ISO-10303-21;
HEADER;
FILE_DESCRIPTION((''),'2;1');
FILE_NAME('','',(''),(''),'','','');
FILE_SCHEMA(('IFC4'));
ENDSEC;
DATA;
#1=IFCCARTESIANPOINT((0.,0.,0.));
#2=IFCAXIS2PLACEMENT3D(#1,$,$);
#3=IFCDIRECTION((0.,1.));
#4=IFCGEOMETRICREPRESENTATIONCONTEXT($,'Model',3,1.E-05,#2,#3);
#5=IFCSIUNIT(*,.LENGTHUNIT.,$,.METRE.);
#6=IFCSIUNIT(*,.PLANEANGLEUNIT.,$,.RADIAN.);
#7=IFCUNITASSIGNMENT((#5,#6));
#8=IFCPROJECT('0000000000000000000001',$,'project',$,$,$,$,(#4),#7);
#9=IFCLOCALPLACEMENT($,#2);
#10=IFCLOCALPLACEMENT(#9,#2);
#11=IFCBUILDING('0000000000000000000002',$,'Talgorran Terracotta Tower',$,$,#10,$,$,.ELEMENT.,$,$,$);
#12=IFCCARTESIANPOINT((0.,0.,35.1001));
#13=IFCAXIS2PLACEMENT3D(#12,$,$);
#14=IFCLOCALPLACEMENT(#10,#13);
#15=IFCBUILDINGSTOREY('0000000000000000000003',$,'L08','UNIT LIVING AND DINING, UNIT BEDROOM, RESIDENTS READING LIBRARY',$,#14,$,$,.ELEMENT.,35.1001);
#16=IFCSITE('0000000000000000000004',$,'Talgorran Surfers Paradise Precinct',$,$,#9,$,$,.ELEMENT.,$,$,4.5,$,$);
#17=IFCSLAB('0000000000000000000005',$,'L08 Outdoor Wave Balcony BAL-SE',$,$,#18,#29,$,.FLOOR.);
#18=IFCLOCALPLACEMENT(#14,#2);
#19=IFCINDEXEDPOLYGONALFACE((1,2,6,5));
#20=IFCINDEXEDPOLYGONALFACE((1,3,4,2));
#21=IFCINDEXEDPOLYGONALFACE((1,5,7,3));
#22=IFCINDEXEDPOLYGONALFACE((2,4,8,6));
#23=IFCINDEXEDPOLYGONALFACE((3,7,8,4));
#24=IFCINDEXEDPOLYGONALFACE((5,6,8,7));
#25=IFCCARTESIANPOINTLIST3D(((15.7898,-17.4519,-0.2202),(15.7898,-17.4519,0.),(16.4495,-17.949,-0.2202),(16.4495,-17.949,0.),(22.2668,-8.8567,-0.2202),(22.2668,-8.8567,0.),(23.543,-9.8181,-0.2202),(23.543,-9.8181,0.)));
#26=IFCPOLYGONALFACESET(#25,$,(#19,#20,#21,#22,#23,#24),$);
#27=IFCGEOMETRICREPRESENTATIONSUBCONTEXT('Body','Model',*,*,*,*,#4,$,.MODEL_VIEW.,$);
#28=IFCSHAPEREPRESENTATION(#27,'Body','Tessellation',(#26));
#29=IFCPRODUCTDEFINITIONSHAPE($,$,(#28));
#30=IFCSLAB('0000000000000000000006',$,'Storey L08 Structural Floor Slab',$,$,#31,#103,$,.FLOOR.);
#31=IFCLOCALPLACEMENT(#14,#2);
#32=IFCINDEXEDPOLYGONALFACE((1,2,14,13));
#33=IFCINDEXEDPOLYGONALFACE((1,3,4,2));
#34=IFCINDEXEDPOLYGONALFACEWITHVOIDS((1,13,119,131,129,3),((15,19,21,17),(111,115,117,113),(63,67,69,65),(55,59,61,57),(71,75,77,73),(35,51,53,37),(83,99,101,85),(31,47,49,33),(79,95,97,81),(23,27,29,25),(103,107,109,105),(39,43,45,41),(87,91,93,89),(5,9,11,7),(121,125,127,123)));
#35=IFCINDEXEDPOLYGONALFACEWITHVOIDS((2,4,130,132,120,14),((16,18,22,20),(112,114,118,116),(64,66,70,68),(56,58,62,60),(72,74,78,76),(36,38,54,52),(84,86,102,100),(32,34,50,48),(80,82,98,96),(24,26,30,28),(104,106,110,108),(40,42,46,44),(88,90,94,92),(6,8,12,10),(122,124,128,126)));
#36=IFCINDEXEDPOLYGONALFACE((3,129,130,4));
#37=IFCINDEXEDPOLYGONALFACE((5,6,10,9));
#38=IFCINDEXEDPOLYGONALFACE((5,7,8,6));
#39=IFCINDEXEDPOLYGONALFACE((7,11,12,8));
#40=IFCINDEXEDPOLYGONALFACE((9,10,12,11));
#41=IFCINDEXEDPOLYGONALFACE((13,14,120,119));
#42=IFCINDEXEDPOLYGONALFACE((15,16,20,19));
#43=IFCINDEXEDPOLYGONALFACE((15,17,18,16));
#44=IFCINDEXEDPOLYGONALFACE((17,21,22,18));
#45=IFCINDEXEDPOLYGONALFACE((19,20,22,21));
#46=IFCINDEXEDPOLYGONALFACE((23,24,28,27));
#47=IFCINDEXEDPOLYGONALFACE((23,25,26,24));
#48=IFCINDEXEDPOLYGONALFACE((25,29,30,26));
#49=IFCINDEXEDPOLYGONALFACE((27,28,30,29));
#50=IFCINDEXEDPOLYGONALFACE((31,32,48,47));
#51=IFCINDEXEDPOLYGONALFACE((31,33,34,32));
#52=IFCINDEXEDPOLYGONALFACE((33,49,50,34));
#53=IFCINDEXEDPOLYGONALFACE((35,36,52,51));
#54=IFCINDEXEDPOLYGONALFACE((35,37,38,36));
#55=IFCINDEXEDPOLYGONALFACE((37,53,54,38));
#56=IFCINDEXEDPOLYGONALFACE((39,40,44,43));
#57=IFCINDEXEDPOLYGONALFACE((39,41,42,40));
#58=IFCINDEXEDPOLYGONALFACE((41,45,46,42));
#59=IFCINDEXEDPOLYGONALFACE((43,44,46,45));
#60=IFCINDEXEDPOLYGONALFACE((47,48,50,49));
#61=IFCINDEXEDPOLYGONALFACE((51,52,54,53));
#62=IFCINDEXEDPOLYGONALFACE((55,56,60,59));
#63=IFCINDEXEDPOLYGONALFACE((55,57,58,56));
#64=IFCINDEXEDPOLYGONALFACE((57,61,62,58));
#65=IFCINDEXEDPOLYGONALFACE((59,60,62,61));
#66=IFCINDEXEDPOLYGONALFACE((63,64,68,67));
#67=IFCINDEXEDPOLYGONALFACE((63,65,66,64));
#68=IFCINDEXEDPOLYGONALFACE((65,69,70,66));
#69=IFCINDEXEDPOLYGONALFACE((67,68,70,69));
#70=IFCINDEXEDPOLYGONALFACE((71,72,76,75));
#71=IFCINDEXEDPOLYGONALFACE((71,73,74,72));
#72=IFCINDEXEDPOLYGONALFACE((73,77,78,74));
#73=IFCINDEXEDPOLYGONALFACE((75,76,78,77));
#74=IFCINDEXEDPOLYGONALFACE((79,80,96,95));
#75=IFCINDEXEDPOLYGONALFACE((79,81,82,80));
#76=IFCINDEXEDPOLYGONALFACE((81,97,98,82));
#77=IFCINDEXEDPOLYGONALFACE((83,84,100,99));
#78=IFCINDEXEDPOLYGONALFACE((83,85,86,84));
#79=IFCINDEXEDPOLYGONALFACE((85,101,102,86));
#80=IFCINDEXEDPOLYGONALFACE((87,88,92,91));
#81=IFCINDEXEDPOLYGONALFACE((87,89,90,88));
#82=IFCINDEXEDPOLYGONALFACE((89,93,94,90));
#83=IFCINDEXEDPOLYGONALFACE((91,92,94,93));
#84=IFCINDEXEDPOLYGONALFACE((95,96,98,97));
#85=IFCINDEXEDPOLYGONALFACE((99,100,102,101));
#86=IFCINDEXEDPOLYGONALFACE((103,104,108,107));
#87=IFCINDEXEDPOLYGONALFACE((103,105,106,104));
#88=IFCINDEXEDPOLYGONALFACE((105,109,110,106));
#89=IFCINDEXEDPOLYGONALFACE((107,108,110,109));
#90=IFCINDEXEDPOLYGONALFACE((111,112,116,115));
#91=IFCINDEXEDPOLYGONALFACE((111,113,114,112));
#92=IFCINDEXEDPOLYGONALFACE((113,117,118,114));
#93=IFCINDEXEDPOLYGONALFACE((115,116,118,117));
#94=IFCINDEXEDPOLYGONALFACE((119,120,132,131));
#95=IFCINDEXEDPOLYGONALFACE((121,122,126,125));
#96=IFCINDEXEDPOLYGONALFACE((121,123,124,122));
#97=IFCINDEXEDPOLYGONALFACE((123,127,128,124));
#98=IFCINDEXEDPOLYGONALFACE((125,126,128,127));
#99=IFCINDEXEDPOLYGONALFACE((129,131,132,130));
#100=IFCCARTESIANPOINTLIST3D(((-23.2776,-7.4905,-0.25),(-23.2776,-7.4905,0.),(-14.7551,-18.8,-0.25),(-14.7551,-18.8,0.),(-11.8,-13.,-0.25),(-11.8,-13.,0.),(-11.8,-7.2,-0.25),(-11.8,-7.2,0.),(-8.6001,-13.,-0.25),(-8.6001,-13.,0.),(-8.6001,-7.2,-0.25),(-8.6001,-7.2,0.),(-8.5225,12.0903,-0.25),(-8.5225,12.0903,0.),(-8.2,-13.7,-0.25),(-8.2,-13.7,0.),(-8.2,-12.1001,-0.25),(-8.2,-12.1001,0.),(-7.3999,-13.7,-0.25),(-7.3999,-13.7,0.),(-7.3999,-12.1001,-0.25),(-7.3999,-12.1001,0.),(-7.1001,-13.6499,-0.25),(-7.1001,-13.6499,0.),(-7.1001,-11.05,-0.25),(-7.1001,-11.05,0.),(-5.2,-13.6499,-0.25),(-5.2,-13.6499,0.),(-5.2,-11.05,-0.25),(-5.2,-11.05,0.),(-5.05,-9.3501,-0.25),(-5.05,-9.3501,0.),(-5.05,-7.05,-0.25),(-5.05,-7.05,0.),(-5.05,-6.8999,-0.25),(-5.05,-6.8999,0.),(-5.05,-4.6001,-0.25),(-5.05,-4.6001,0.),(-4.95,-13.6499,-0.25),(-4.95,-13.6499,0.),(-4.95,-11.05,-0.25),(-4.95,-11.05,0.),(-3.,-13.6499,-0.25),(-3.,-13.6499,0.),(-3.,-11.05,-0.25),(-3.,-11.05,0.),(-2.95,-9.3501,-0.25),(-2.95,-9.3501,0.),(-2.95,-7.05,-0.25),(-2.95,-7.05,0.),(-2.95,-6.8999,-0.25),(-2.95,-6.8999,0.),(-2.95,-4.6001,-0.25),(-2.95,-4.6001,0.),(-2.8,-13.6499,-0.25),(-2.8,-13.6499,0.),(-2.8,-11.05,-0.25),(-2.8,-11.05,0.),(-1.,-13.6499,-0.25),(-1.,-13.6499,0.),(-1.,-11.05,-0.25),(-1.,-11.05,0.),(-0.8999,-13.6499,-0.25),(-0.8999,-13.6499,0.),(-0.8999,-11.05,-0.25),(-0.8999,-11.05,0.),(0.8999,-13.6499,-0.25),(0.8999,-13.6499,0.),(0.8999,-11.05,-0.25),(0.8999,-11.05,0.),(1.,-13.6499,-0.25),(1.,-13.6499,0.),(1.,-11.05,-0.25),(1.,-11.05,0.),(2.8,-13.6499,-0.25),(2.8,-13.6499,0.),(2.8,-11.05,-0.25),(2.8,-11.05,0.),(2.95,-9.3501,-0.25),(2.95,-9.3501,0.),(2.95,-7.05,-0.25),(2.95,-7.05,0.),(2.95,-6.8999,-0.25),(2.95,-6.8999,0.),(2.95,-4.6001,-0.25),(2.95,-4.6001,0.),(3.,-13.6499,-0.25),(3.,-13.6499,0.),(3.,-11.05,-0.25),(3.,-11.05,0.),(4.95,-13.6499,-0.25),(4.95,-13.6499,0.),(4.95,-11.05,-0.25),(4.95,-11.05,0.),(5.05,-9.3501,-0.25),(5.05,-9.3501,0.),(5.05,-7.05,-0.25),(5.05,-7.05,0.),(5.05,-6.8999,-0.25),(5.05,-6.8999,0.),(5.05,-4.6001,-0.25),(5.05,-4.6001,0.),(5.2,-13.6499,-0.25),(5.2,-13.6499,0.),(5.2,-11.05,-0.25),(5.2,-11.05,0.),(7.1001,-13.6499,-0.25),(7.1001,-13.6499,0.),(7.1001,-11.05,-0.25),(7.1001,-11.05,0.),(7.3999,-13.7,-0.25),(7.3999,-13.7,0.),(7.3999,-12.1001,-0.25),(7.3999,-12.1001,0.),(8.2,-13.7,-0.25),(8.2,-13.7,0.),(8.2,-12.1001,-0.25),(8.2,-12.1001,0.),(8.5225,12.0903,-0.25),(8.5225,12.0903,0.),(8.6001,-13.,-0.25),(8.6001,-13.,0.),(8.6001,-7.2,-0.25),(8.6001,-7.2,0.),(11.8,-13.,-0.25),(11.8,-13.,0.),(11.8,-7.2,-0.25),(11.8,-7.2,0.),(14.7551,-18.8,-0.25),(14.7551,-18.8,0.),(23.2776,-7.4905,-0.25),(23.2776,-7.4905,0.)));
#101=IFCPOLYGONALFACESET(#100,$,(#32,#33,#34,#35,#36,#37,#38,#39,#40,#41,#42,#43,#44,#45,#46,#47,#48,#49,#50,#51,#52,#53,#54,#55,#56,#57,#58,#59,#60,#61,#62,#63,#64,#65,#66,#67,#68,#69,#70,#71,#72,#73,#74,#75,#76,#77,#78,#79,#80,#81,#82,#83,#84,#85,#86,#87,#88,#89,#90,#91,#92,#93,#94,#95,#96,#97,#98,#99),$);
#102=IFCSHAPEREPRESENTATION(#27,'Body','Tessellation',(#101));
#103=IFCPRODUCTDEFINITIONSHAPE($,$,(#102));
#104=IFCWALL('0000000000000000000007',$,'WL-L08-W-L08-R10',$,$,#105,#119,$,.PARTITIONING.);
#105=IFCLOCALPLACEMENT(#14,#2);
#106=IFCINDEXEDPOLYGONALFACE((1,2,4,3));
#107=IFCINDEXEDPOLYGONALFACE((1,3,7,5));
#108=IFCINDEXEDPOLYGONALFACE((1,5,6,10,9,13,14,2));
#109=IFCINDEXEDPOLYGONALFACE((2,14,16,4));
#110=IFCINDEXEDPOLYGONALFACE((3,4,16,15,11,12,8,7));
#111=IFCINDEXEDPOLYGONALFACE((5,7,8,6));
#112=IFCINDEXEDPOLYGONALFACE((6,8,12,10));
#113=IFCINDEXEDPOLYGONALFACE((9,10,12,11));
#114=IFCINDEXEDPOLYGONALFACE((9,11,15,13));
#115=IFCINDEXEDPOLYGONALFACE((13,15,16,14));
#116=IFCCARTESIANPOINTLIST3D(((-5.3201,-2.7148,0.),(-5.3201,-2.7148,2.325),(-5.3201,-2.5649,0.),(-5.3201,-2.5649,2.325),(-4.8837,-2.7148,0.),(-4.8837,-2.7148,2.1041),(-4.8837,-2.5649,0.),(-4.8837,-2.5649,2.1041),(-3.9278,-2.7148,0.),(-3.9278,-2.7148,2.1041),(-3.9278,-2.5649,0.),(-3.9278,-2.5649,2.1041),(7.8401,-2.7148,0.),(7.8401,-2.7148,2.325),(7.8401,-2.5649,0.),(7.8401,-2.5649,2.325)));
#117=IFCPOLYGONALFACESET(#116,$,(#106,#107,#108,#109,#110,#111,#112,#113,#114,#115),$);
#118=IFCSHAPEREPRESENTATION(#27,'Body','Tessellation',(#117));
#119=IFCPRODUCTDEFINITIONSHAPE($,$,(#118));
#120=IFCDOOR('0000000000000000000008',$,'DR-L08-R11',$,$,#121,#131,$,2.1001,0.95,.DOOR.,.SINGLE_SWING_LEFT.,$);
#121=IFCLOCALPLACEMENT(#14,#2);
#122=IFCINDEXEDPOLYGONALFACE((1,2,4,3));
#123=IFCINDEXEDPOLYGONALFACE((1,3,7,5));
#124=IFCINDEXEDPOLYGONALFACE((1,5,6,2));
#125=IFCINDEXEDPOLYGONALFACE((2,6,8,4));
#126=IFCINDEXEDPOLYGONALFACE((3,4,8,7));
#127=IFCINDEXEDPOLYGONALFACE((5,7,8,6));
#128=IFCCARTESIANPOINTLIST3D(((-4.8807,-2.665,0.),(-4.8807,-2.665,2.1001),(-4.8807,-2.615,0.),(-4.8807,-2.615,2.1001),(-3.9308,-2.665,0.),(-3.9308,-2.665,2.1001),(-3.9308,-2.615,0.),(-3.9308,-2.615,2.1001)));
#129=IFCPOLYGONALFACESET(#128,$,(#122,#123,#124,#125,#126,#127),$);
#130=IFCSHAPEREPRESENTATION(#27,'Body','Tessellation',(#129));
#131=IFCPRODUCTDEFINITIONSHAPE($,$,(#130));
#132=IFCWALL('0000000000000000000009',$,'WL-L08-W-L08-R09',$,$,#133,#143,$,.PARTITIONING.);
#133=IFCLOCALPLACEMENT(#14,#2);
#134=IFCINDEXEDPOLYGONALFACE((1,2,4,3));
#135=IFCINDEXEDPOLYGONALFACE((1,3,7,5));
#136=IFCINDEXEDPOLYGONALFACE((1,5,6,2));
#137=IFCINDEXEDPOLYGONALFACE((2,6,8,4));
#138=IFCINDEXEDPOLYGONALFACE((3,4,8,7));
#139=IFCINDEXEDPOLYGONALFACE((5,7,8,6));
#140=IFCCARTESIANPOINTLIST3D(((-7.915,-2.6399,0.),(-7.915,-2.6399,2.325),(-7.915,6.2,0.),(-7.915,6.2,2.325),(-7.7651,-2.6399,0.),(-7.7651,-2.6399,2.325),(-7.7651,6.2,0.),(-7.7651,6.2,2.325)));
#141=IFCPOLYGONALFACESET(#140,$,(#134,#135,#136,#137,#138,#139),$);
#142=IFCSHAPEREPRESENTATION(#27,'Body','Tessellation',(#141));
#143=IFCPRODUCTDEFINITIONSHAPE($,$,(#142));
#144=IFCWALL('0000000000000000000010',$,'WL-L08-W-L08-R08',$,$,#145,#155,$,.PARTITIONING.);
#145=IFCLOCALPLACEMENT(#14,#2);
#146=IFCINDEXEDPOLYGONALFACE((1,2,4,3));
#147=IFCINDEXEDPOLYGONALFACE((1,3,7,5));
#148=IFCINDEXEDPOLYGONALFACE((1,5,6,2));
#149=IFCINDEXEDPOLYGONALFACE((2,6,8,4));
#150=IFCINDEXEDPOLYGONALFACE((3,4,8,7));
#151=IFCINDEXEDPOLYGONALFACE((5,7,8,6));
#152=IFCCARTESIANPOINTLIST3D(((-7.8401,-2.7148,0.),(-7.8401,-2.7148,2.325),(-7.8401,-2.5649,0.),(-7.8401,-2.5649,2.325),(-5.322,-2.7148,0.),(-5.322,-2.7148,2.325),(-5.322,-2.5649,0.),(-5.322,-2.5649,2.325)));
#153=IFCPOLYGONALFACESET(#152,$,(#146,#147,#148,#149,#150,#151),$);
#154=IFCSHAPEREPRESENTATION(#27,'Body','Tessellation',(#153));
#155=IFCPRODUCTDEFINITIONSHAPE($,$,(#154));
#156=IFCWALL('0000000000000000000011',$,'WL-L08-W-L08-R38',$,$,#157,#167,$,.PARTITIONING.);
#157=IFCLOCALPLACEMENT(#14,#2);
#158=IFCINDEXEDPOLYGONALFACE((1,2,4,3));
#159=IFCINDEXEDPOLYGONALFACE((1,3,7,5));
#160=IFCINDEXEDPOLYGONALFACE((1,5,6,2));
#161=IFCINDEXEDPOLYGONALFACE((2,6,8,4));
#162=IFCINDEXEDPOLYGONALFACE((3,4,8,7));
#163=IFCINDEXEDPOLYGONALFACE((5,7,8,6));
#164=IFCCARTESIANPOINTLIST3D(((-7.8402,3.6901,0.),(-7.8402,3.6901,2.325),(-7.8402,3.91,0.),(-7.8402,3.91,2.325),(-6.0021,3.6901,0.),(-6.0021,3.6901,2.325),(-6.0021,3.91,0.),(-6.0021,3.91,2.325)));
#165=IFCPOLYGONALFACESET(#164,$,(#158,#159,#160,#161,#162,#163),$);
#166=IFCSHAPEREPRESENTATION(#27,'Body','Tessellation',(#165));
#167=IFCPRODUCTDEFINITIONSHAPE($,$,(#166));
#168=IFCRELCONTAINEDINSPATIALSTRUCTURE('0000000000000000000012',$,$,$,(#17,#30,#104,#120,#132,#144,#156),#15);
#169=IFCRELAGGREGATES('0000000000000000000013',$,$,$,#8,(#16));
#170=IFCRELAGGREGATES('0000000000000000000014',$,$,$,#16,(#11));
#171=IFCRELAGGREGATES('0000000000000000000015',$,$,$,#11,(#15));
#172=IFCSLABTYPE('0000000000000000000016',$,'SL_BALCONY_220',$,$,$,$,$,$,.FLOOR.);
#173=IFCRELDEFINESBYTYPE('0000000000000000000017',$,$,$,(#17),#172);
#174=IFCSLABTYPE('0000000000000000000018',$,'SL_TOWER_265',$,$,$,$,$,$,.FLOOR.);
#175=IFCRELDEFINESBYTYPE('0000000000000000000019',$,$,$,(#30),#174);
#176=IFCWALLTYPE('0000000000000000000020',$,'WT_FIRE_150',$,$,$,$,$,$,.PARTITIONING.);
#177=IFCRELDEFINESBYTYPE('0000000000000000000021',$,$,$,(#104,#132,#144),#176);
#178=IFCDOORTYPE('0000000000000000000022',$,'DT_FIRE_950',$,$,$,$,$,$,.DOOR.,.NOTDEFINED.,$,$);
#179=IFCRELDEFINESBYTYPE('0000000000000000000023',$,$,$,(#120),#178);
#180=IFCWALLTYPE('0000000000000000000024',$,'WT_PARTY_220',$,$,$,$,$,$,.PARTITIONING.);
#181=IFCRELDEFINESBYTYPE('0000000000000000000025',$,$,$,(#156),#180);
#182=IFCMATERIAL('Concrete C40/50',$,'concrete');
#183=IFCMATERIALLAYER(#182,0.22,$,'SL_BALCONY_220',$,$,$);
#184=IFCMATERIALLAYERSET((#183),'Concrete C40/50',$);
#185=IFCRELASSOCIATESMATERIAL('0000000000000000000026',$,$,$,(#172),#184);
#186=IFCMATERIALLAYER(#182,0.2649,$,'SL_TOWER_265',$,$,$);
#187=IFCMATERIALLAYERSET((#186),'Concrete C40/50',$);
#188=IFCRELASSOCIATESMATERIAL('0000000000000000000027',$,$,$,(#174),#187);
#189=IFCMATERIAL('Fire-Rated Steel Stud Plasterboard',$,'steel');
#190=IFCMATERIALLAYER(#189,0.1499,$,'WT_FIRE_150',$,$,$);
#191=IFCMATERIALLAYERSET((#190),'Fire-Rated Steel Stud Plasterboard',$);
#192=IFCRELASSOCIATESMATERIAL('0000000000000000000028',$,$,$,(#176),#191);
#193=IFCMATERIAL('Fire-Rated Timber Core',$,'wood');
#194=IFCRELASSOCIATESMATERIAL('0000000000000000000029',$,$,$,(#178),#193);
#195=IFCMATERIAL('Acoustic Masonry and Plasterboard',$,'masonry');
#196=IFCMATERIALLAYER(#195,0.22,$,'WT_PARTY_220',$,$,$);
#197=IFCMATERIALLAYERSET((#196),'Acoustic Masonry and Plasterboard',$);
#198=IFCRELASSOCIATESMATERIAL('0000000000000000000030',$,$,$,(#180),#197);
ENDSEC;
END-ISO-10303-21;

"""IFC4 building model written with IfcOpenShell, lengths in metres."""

from ifc_helpers import new_model, si_unit, direction, frame, frame_2d, origin, place, context, subcontext, project, spatial, polyline, rectangle, outline, extrude, material, layer, layer_set, type_object, element, fill, save


model = new_model("IFC4")

# Units and contexts
model_context = context("Model", 3, precision=1e-05, world=origin(), true_north=direction((0.0, 1.0)))
body_context = subcontext(model_context, "Body", "Model", "MODEL_VIEW")
ifc_project = project(units=[si_unit("LENGTHUNIT", "METRE"), si_unit("PLANEANGLEUNIT", "RADIAN")], contexts=[model_context])

# Site, building, storey
site_placement = place(None, origin())
site = spatial("IfcSite", under=ifc_project, at=site_placement, Name="Talgorran Surfers Paradise Precinct", CompositionType="ELEMENT", RefElevation=4.5)
building_placement = place(site_placement, origin())
building = spatial("IfcBuilding", under=site, at=building_placement, Name="Talgorran Terracotta Tower", CompositionType="ELEMENT")
storey_placement = place(building_placement, frame((0.0, 0.0, 35.1001)))
storey = spatial("IfcBuildingStorey", under=building, at=storey_placement, Name="L08", Description="UNIT LIVING AND DINING, UNIT BEDROOM, RESIDENTS READING LIBRARY", CompositionType="ELEMENT", Elevation=35.1001)

# Slabs
ifc_material_1 = material(Name="Concrete C40/50", Category="concrete")
ifc_layer_1 = layer(ifc_material_1, 0.22, Name="SL_BALCONY_220")
ifc_layer_set_1 = layer_set([ifc_layer_1], Name="Concrete C40/50")
slab_type_1 = type_object("IfcSlabType", Name="SL_BALCONY_220", PredefinedType="FLOOR", material=ifc_layer_set_1)
slab_1_placement = place(storey_placement, frame((0.0, 0.0, -0.2202)))
element("IfcSlab", 1, at=slab_1_placement, inside=storey, type_object=slab_type_1, Name="L08 Outdoor Wave Balcony BAL-SE", PredefinedType="FLOOR", context=body_context, shape_type="SweptSolid", body=[
    extrude(outline(polyline([(22.2668, -8.8567), (15.7898, -17.4519), (16.4495, -17.949), (23.543, -9.8181), (22.2668, -8.8567)])), origin(), (0.0, 0.0, 1.0), 0.2202),
])
ifc_layer_2 = layer(ifc_material_1, 0.2649, Name="SL_TOWER_265")
ifc_layer_set_2 = layer_set([ifc_layer_2], Name="Concrete C40/50")
slab_type_2 = type_object("IfcSlabType", Name="SL_TOWER_265", PredefinedType="FLOOR", material=ifc_layer_set_2)
slab_2_placement = place(storey_placement, frame((0.0, 0.0, -0.25)))
element("IfcSlab", 2, at=slab_2_placement, inside=storey, type_object=slab_type_2, Name="Storey L08 Structural Floor Slab", PredefinedType="FLOOR", context=body_context, shape_type="SweptSolid", body=[
    extrude(outline(polyline([(-23.2776, -7.4905), (-14.7551, -18.8), (14.7551, -18.8), (23.2776, -7.4905), (8.5225, 12.0903), (-8.5225, 12.0903), (-23.2776, -7.4905)]), holes=[polyline([(-11.8, -7.2), (-11.8, -13.0), (-8.6001, -13.0), (-8.6001, -7.2), (-11.8, -7.2)]), polyline([(8.6001, -7.2), (8.6001, -13.0), (11.8, -13.0), (11.8, -7.2), (8.6001, -7.2)]), polyline([(-7.1001, -13.6499), (-5.2, -13.6499), (-5.2, -11.05), (-7.1001, -11.05), (-7.1001, -13.6499)]), polyline([(5.2, -13.6499), (7.1001, -13.6499), (7.1001, -11.05), (5.2, -11.05), (5.2, -13.6499)]), polyline([(3.0, -13.6499), (4.95, -13.6499), (4.95, -11.05), (3.0, -11.05), (3.0, -13.6499)]), polyline([(-4.95, -13.6499), (-3.0, -13.6499), (-3.0, -11.05), (-4.95, -11.05), (-4.95, -13.6499)]), polyline([(-5.05, -9.3501), (-2.95, -9.3501), (-2.95, -7.05), (-5.05, -7.05), (-5.05, -9.3501)]), polyline([(-5.05, -6.8999), (-2.95, -6.8999), (-2.95, -4.6001), (-5.05, -4.6001), (-5.05, -6.8999)]), polyline([(2.95, -9.3501), (5.05, -9.3501), (5.05, -7.05), (2.95, -7.05), (2.95, -9.3501)]), polyline([(2.95, -6.8999), (5.05, -6.8999), (5.05, -4.6001), (2.95, -4.6001), (2.95, -6.8999)]), polyline([(-2.8, -13.6499), (-1.0, -13.6499), (-1.0, -11.05), (-2.8, -11.05), (-2.8, -13.6499)]), polyline([(-0.8999, -13.6499), (0.8999, -13.6499), (0.8999, -11.05), (-0.8999, -11.05), (-0.8999, -13.6499)]), polyline([(1.0, -13.6499), (2.8, -13.6499), (2.8, -11.05), (1.0, -11.05), (1.0, -13.6499)]), polyline([(-8.2, -13.7), (-7.3999, -13.7), (-7.3999, -12.1001), (-8.2, -12.1001), (-8.2, -13.7)]), polyline([(7.3999, -13.7), (8.2, -13.7), (8.2, -12.1001), (7.3999, -12.1001), (7.3999, -13.7)])]), origin(), (0.0, 0.0, 1.0), 0.25),
])

# Wall, opening, door
ifc_material_2 = material(Name="Fire-Rated Steel Stud Plasterboard", Category="steel")
ifc_layer_3 = layer(ifc_material_2, 0.1499, Name="WT_FIRE_150")
ifc_layer_set_3 = layer_set([ifc_layer_3], Name="Fire-Rated Steel Stud Plasterboard")
wall_type_1 = type_object("IfcWallType", Name="WT_FIRE_150", PredefinedType="PARTITIONING", material=ifc_layer_set_3)
wall_1_placement = place(storey_placement, frame((-5.3201, -2.6399, 0.0), z_axis=(0.0, 0.0, 1.0), x_axis=(1.0, 0.0, 0.0)))
wall_1 = element("IfcWall", 3, at=wall_1_placement, inside=storey, type_object=wall_type_1, Name="WL-L08-W-L08-R10", PredefinedType="PARTITIONING", context=body_context, shape_type="SweptSolid", body=[
    extrude(rectangle(XDim=13.1602, YDim=0.1499, at=frame_2d((6.5801, 0.0))), origin(), (0.0, 0.0, 1.0), 2.325),
])
opening_1_placement = place(wall_1_placement, frame((0.4392, 0.0, 0.0)))
opening_1 = element("IfcOpeningElement", 4, at=opening_1_placement, cuts=wall_1, PredefinedType="OPENING", context=body_context, shape_type="SweptSolid", body=[
    extrude(rectangle(XDim=0.956, YDim=2.1041, at=frame_2d((0.4751, 1.052))), frame((0.0, 0.085, 0.0), z_axis=(0.0, -1.0, 0.0), x_axis=(1.0, 0.0, 0.0)), (0.0, 0.0, 1.0), 0.1699),
])
ifc_material_3 = material(Name="Fire-Rated Timber Core", Category="wood")
door_type_1 = type_object("IfcDoorType", Name="DT_FIRE_950", OperationType="NOTDEFINED", PredefinedType="DOOR", material=ifc_material_3)
door_1_placement = place(opening_1_placement, origin())
door_1 = element("IfcDoor", 5, at=door_1_placement, inside=storey, type_object=door_type_1, Name="DR-L08-R11", OperationType="SINGLE_SWING_LEFT", OverallHeight=2.1001, OverallWidth=0.95, PredefinedType="DOOR", context=body_context, shape_type="SweptSolid", body=[
    extrude(rectangle(XDim=0.95, YDim=2.1001, at=frame_2d((0.4751, 1.05))), frame((0.0, 0.0249, 0.0), z_axis=(0.0, -1.0, 0.0), x_axis=(1.0, 0.0, 0.0)), (0.0, 0.0, 1.0), 0.05),
])
fill(opening_1, door_1)

# Walls
wall_2_placement = place(storey_placement, frame((-7.8401, -2.6399, 0.0), z_axis=(0.0, 0.0, 1.0), x_axis=(0.0, 1.0, 0.0)))
element("IfcWall", 6, at=wall_2_placement, inside=storey, type_object=wall_type_1, Name="WL-L08-W-L08-R09", PredefinedType="PARTITIONING", context=body_context, shape_type="SweptSolid", body=[
    extrude(rectangle(XDim=8.8398, YDim=0.1499, at=frame_2d((4.4199, 0.0))), origin(), (0.0, 0.0, 1.0), 2.325),
])
wall_3_placement = place(storey_placement, frame((-7.8401, -2.6399, 0.0), z_axis=(0.0, 0.0, 1.0), x_axis=(1.0, 0.0, 0.0)))
element("IfcWall", 7, at=wall_3_placement, inside=storey, type_object=wall_type_1, Name="WL-L08-W-L08-R08", PredefinedType="PARTITIONING", context=body_context, shape_type="SweptSolid", body=[
    extrude(rectangle(XDim=2.5181, YDim=0.1499, at=frame_2d((1.259, 0.0))), origin(), (0.0, 0.0, 1.0), 2.325),
])
ifc_material_4 = material(Name="Acoustic Masonry and Plasterboard", Category="masonry")
ifc_layer_4 = layer(ifc_material_4, 0.22, Name="WT_PARTY_220")
ifc_layer_set_4 = layer_set([ifc_layer_4], Name="Acoustic Masonry and Plasterboard")
wall_type_2 = type_object("IfcWallType", Name="WT_PARTY_220", PredefinedType="PARTITIONING", material=ifc_layer_set_4)
wall_4_placement = place(storey_placement, frame((-7.8401, 3.8, 0.0), z_axis=(0.0, 0.0, 1.0), x_axis=(1.0, 0.0, 0.0)))
element("IfcWall", 8, at=wall_4_placement, inside=storey, type_object=wall_type_2, Name="WL-L08-W-L08-R38", PredefinedType="PARTITIONING", context=body_context, shape_type="SweptSolid", body=[
    extrude(rectangle(XDim=1.8381, YDim=0.22, at=frame_2d((0.9189, 0.0))), origin(), (0.0, 0.0, 1.0), 2.325),
])

save(model, "model.ifc")
